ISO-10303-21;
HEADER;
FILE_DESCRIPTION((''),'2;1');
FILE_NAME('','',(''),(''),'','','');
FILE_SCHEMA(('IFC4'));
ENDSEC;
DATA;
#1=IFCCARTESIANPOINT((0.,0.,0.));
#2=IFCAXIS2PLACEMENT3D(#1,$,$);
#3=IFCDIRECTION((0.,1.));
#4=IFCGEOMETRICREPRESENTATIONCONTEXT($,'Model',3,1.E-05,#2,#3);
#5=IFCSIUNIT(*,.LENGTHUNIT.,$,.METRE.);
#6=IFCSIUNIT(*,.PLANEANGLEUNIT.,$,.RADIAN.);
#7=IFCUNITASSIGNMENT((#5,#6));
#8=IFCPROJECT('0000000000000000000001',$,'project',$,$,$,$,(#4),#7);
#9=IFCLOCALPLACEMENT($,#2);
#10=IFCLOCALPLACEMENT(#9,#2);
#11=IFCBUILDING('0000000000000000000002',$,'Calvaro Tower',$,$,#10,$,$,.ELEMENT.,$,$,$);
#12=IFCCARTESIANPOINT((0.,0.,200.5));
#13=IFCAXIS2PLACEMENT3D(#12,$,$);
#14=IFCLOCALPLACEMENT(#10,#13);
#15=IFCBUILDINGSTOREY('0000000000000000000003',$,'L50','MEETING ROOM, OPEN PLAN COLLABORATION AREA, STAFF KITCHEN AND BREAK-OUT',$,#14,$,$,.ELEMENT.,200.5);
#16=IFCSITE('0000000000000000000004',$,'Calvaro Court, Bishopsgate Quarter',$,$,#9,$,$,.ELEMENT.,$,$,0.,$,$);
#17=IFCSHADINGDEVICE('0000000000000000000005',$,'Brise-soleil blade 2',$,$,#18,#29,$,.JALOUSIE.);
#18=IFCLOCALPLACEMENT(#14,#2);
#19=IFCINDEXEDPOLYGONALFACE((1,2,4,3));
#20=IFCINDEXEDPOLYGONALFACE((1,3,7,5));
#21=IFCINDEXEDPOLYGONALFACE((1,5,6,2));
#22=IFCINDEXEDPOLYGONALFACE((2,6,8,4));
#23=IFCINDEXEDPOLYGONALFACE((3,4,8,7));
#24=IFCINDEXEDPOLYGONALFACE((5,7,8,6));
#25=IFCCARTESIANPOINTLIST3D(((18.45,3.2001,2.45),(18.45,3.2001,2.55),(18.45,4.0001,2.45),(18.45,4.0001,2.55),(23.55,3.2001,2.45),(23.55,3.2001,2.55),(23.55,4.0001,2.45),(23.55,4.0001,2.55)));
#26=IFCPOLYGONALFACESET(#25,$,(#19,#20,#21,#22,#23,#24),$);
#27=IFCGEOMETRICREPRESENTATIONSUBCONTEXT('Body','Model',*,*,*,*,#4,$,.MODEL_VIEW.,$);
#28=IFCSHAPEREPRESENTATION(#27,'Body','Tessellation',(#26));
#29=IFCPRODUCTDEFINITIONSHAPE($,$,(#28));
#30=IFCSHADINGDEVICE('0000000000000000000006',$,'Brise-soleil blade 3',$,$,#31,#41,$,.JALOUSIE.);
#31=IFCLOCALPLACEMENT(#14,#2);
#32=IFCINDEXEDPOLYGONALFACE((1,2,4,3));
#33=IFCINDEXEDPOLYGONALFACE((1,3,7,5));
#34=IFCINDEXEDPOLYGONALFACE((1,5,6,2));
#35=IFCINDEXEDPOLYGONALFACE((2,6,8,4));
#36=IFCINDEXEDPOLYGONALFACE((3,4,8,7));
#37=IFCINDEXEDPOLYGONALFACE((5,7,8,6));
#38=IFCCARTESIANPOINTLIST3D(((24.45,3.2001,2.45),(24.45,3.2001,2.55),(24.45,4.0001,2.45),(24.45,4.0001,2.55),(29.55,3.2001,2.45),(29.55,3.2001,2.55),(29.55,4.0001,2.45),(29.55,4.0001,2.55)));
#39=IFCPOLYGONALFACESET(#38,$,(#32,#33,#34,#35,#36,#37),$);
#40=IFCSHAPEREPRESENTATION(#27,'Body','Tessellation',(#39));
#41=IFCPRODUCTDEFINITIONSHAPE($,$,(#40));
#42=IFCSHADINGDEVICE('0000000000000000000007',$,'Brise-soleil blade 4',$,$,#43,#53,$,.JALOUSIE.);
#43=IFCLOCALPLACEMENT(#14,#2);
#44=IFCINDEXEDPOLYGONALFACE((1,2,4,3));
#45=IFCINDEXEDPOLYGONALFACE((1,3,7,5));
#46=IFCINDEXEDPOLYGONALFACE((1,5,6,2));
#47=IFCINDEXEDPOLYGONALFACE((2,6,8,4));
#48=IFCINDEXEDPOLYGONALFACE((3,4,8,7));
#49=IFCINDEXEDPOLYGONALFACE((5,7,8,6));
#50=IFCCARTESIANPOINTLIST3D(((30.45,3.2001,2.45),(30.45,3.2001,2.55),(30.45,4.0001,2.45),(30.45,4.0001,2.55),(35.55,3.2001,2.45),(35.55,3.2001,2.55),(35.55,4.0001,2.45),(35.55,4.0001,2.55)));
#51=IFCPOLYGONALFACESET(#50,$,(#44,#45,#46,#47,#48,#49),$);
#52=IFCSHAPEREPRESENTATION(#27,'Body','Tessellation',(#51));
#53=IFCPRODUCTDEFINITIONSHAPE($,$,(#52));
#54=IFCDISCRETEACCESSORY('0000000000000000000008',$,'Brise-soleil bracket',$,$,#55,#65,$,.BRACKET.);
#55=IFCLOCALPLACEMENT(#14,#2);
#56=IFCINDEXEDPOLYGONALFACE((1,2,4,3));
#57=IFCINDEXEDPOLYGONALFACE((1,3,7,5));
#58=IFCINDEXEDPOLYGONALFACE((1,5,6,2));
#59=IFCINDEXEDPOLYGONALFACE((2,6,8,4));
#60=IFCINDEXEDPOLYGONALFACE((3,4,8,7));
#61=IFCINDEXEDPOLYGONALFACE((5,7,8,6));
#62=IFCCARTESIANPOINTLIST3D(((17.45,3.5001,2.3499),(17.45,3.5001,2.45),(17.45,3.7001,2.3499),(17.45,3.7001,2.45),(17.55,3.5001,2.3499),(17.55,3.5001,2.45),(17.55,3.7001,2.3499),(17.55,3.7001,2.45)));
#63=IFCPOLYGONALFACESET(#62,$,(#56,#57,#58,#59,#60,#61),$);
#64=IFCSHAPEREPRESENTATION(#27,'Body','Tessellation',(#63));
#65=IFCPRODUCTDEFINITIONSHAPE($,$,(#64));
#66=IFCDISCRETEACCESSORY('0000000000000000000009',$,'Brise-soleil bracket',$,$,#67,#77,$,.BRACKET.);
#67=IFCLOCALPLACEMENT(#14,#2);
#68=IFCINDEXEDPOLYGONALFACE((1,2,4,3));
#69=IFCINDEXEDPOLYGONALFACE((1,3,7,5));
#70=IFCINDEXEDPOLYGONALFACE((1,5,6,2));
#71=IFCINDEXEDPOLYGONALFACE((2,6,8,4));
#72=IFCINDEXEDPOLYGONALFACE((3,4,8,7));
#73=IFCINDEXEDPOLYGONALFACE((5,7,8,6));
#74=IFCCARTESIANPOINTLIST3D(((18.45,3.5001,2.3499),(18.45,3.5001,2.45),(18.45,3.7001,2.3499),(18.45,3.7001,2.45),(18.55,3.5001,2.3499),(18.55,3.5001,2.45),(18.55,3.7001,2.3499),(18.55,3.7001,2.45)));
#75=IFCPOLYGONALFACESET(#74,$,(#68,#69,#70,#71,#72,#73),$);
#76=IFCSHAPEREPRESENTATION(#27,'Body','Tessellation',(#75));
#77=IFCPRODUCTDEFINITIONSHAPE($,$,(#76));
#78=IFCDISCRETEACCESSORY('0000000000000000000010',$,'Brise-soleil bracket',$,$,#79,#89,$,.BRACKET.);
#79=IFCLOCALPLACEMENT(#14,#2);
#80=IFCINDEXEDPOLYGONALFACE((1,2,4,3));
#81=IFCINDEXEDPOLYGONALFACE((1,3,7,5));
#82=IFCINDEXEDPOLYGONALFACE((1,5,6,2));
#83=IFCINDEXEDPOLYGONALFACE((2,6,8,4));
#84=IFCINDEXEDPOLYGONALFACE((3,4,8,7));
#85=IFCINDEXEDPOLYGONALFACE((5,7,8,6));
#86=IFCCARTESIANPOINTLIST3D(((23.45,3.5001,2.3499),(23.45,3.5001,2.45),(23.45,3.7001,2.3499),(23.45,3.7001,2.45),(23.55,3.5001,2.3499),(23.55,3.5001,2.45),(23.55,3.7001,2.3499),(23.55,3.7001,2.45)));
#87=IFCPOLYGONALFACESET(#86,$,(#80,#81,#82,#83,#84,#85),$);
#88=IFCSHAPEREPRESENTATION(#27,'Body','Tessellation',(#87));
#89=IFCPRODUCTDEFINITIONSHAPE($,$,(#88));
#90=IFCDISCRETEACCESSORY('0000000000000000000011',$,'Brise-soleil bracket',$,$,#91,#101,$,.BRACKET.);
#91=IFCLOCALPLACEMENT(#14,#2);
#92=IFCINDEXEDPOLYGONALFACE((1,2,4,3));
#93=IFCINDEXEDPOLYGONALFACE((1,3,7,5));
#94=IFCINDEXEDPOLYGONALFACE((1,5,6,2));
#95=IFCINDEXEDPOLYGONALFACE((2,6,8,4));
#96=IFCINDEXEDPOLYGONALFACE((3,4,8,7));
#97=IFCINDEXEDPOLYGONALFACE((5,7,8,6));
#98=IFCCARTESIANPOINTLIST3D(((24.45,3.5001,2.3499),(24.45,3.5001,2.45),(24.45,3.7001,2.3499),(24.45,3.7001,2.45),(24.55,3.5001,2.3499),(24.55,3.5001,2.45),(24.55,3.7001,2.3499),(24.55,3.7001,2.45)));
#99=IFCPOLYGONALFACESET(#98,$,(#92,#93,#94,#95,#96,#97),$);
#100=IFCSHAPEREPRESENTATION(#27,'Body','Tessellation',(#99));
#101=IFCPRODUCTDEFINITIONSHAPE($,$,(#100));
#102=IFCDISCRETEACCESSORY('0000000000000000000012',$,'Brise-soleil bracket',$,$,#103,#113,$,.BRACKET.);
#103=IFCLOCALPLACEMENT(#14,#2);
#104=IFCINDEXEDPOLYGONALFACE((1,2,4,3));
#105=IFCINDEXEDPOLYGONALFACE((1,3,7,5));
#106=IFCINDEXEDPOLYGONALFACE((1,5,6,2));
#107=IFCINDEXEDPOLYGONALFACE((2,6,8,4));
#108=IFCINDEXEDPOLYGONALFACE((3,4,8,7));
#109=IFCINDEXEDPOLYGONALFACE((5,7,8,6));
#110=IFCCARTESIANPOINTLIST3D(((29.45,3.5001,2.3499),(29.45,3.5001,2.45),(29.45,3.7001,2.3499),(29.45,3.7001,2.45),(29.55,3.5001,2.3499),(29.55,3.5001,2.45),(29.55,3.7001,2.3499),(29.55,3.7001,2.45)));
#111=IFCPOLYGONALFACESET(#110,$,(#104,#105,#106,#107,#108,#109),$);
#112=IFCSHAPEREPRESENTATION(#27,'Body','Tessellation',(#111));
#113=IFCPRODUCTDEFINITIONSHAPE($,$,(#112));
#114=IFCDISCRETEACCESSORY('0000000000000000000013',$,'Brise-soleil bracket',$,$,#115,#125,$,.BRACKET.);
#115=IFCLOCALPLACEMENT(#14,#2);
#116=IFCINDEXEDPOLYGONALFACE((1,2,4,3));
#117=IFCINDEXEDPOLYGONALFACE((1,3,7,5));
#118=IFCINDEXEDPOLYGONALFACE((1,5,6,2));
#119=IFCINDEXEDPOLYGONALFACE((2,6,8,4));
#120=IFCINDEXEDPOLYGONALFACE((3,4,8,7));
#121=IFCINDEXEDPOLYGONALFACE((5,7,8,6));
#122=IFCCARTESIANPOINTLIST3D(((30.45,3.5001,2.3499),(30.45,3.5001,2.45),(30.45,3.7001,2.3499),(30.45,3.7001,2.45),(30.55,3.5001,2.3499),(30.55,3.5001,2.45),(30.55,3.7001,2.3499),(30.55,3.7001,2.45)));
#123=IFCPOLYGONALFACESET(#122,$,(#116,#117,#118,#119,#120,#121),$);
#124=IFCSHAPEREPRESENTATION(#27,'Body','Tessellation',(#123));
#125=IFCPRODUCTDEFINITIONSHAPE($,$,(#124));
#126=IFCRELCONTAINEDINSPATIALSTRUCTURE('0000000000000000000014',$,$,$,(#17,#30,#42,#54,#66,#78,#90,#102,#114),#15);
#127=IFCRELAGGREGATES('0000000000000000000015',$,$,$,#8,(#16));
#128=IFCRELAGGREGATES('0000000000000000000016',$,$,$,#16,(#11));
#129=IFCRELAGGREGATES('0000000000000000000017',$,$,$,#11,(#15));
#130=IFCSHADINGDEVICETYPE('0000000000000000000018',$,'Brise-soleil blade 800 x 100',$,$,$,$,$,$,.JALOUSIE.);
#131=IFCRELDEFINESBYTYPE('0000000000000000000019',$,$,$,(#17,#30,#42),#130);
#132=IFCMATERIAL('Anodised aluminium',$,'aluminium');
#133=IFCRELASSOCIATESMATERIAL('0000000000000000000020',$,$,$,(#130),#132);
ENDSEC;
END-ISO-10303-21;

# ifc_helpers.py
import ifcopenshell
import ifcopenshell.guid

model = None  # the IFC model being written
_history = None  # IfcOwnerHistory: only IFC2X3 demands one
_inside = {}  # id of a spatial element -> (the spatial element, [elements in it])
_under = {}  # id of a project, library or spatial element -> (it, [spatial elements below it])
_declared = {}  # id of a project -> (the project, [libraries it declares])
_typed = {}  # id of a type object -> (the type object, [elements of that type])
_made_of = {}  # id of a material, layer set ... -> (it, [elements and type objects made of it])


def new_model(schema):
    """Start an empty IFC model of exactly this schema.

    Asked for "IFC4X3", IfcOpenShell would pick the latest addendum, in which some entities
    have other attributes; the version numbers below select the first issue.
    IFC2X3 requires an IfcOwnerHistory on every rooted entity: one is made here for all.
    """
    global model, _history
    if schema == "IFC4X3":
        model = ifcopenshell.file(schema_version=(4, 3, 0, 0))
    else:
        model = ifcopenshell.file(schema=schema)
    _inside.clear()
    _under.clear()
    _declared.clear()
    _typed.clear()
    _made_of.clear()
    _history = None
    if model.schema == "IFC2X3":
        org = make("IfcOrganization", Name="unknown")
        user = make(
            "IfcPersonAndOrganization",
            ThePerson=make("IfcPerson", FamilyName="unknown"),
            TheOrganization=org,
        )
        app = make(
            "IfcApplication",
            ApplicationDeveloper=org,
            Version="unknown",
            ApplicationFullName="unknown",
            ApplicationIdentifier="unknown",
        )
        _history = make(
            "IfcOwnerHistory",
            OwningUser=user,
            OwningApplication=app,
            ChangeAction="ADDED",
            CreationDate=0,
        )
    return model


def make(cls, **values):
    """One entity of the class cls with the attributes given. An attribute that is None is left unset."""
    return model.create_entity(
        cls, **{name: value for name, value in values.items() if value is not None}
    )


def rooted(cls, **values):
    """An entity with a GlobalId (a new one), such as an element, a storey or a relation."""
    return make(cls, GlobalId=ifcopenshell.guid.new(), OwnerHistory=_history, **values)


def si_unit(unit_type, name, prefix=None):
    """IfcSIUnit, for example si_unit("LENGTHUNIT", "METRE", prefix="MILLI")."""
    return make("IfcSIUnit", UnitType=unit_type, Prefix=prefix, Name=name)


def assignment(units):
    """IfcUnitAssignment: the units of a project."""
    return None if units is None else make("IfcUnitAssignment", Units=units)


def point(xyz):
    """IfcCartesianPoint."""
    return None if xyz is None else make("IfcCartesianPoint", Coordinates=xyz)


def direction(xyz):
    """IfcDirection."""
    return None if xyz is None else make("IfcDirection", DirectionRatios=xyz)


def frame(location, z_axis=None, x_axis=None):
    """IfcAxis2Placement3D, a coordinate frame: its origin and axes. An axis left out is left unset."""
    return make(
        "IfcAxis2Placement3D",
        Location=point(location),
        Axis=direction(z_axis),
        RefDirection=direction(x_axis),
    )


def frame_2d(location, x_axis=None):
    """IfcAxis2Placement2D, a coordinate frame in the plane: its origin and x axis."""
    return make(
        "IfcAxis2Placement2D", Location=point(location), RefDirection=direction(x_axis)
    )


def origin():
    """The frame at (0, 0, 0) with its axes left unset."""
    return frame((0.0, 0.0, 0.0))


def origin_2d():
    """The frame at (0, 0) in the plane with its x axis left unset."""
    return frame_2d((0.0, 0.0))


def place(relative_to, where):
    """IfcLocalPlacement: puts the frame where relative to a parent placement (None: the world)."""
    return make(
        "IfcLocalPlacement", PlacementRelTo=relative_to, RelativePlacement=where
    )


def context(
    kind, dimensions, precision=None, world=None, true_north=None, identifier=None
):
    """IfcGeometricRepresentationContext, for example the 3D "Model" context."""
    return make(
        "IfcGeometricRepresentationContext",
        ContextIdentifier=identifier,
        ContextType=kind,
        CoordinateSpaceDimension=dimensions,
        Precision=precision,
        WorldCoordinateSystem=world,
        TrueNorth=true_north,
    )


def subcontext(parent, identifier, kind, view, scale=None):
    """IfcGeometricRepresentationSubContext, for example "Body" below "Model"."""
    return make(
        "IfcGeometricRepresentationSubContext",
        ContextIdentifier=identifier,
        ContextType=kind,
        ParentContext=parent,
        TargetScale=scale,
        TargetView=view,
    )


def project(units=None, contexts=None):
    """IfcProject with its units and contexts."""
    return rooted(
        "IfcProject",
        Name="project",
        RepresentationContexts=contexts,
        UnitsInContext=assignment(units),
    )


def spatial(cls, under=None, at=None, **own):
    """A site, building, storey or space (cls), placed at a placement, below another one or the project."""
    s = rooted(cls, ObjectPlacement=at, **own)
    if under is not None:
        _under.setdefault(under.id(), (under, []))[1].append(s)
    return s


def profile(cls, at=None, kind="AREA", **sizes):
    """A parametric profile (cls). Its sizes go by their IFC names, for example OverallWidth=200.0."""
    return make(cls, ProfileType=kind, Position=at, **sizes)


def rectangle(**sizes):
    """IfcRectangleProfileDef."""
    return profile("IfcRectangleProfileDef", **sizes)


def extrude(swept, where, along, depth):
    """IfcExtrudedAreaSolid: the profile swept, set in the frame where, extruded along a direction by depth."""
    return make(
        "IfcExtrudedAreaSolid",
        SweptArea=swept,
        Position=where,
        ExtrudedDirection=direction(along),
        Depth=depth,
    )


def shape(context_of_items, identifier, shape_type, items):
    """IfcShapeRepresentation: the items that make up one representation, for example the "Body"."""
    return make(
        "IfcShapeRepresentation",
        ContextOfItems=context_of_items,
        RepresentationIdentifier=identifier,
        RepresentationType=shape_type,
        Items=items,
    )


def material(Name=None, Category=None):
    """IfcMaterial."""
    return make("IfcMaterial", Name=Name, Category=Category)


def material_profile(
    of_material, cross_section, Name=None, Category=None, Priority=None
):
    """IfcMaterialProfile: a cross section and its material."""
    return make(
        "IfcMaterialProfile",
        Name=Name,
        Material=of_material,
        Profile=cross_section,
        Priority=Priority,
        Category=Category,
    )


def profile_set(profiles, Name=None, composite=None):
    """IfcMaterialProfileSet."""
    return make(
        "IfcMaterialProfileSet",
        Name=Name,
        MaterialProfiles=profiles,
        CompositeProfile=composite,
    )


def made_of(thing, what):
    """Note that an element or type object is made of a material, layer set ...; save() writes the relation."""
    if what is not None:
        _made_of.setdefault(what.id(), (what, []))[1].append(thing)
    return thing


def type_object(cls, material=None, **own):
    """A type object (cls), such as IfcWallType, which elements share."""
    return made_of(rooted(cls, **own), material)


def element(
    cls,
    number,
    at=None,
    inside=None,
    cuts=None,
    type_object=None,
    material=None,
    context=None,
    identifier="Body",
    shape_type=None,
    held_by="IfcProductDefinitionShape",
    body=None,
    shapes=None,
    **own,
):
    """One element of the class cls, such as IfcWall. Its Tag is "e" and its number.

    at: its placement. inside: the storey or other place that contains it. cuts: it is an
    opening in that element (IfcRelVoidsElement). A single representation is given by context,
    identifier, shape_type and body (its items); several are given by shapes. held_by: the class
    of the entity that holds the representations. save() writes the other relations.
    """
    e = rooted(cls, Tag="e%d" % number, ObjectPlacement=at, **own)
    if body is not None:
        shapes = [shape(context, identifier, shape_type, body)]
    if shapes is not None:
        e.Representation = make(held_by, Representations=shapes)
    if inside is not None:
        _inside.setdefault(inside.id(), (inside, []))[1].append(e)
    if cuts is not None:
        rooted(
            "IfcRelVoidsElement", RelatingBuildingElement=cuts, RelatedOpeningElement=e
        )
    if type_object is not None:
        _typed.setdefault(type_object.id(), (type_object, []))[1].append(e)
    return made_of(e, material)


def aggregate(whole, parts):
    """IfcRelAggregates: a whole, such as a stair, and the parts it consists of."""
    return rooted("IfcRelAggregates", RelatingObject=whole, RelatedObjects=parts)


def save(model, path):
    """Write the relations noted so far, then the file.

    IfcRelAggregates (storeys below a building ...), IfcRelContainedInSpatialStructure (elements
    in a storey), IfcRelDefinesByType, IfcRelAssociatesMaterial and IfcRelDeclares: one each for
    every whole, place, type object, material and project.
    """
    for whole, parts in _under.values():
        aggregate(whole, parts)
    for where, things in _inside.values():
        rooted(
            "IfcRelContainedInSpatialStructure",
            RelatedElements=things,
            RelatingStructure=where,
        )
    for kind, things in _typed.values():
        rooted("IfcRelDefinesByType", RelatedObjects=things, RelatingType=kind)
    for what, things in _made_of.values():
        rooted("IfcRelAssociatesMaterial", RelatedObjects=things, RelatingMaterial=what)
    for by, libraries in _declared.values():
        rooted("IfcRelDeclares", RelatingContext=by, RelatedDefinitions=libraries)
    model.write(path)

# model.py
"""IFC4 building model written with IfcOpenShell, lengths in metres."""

from ifc_helpers import new_model, si_unit, direction, frame, origin, origin_2d, place, context, subcontext, project, spatial, rectangle, extrude, material, material_profile, profile_set, type_object, element, save


model = new_model("IFC4")

# Units and contexts
model_context = context("Model", 3, precision=1e-05, world=origin(), true_north=direction((0.0, 1.0)))
body_context = subcontext(model_context, "Body", "Model", "MODEL_VIEW")
ifc_project = project(units=[si_unit("LENGTHUNIT", "METRE"), si_unit("PLANEANGLEUNIT", "RADIAN")], contexts=[model_context])

# Site, building, storey
site_placement = place(None, origin())
site = spatial("IfcSite", under=ifc_project, at=site_placement, Name="Calvaro Court, Bishopsgate Quarter", CompositionType="ELEMENT", RefElevation=0.0)
building_placement = place(site_placement, origin())
building = spatial("IfcBuilding", under=site, at=building_placement, Name="Calvaro Tower", CompositionType="ELEMENT")
storey_placement = place(building_placement, frame((0.0, 0.0, 200.5)))
storey = spatial("IfcBuildingStorey", under=building, at=storey_placement, Name="L50", Description="MEETING ROOM, OPEN PLAN COLLABORATION AREA, STAFF KITCHEN AND BREAK-OUT", CompositionType="ELEMENT", Elevation=200.5)

# Shading devices
ifc_material_1 = material(Name="Anodised aluminium", Category="aluminium")
ifc_material_profile_1 = material_profile(ifc_material_1, rectangle(XDim=0.8, YDim=0.1001, at=origin_2d()), Name="Brise-soleil blade 800 x 100")
ifc_profile_set_1 = profile_set([ifc_material_profile_1], Name="Anodised aluminium")
shading_device_type = type_object("IfcShadingDeviceType", Name="Brise-soleil blade 800 x 100", PredefinedType="JALOUSIE", material=ifc_profile_set_1)
for number, where, z_axis, x_axis, name in (
    (1, (18.45, 3.6001, 2.5), (1.0, 0.0, 0.0), (0.0, 1.0, 0.0), "Brise-soleil blade 2"),
    (2, (24.45, 3.6001, 2.5), (1.0, 0.0, 0.0), (0.0, 1.0, 0.0), "Brise-soleil blade 3"),
    (3, (30.45, 3.6001, 2.5), (1.0, 0.0, 0.0), (0.0, 1.0, 0.0), "Brise-soleil blade 4"),
):
    element("IfcShadingDevice", number, at=place(storey_placement, frame(where, z_axis=z_axis, x_axis=x_axis)), inside=storey, type_object=shading_device_type, Name=name, PredefinedType="JALOUSIE", context=body_context, shape_type="SweptSolid", body=[
        extrude(rectangle(XDim=0.8, YDim=0.1001, at=origin_2d()), origin(), (0.0, 0.0, 1.0), 5.1001),
    ])

# Discrete accessories
for number, where, z_axis, x_axis, name in (
    (4, (17.5, 3.6001, 2.3499), (0.0, 0.0, 1.0), (1.0, 0.0, 0.0), "Brise-soleil bracket"),
    (5, (18.5, 3.6001, 2.3499), (0.0, 0.0, 1.0), (1.0, 0.0, 0.0), "Brise-soleil bracket"),
    (6, (23.5, 3.6001, 2.3499), (0.0, 0.0, 1.0), (1.0, 0.0, 0.0), "Brise-soleil bracket"),
    (7, (24.5, 3.6001, 2.3499), (0.0, 0.0, 1.0), (1.0, 0.0, 0.0), "Brise-soleil bracket"),
    (8, (29.5, 3.6001, 2.3499), (0.0, 0.0, 1.0), (1.0, 0.0, 0.0), "Brise-soleil bracket"),
    (9, (30.5, 3.6001, 2.3499), (0.0, 0.0, 1.0), (1.0, 0.0, 0.0), "Brise-soleil bracket"),
):
    element("IfcDiscreteAccessory", number, at=place(storey_placement, frame(where, z_axis=z_axis, x_axis=x_axis)), inside=storey, Name=name, PredefinedType="BRACKET", context=body_context, shape_type="SweptSolid", body=[
        extrude(rectangle(XDim=0.1001, YDim=0.2, at=origin_2d()), origin(), (0.0, 0.0, 1.0), 0.1001),
    ])

save(model, "model.ifc")
